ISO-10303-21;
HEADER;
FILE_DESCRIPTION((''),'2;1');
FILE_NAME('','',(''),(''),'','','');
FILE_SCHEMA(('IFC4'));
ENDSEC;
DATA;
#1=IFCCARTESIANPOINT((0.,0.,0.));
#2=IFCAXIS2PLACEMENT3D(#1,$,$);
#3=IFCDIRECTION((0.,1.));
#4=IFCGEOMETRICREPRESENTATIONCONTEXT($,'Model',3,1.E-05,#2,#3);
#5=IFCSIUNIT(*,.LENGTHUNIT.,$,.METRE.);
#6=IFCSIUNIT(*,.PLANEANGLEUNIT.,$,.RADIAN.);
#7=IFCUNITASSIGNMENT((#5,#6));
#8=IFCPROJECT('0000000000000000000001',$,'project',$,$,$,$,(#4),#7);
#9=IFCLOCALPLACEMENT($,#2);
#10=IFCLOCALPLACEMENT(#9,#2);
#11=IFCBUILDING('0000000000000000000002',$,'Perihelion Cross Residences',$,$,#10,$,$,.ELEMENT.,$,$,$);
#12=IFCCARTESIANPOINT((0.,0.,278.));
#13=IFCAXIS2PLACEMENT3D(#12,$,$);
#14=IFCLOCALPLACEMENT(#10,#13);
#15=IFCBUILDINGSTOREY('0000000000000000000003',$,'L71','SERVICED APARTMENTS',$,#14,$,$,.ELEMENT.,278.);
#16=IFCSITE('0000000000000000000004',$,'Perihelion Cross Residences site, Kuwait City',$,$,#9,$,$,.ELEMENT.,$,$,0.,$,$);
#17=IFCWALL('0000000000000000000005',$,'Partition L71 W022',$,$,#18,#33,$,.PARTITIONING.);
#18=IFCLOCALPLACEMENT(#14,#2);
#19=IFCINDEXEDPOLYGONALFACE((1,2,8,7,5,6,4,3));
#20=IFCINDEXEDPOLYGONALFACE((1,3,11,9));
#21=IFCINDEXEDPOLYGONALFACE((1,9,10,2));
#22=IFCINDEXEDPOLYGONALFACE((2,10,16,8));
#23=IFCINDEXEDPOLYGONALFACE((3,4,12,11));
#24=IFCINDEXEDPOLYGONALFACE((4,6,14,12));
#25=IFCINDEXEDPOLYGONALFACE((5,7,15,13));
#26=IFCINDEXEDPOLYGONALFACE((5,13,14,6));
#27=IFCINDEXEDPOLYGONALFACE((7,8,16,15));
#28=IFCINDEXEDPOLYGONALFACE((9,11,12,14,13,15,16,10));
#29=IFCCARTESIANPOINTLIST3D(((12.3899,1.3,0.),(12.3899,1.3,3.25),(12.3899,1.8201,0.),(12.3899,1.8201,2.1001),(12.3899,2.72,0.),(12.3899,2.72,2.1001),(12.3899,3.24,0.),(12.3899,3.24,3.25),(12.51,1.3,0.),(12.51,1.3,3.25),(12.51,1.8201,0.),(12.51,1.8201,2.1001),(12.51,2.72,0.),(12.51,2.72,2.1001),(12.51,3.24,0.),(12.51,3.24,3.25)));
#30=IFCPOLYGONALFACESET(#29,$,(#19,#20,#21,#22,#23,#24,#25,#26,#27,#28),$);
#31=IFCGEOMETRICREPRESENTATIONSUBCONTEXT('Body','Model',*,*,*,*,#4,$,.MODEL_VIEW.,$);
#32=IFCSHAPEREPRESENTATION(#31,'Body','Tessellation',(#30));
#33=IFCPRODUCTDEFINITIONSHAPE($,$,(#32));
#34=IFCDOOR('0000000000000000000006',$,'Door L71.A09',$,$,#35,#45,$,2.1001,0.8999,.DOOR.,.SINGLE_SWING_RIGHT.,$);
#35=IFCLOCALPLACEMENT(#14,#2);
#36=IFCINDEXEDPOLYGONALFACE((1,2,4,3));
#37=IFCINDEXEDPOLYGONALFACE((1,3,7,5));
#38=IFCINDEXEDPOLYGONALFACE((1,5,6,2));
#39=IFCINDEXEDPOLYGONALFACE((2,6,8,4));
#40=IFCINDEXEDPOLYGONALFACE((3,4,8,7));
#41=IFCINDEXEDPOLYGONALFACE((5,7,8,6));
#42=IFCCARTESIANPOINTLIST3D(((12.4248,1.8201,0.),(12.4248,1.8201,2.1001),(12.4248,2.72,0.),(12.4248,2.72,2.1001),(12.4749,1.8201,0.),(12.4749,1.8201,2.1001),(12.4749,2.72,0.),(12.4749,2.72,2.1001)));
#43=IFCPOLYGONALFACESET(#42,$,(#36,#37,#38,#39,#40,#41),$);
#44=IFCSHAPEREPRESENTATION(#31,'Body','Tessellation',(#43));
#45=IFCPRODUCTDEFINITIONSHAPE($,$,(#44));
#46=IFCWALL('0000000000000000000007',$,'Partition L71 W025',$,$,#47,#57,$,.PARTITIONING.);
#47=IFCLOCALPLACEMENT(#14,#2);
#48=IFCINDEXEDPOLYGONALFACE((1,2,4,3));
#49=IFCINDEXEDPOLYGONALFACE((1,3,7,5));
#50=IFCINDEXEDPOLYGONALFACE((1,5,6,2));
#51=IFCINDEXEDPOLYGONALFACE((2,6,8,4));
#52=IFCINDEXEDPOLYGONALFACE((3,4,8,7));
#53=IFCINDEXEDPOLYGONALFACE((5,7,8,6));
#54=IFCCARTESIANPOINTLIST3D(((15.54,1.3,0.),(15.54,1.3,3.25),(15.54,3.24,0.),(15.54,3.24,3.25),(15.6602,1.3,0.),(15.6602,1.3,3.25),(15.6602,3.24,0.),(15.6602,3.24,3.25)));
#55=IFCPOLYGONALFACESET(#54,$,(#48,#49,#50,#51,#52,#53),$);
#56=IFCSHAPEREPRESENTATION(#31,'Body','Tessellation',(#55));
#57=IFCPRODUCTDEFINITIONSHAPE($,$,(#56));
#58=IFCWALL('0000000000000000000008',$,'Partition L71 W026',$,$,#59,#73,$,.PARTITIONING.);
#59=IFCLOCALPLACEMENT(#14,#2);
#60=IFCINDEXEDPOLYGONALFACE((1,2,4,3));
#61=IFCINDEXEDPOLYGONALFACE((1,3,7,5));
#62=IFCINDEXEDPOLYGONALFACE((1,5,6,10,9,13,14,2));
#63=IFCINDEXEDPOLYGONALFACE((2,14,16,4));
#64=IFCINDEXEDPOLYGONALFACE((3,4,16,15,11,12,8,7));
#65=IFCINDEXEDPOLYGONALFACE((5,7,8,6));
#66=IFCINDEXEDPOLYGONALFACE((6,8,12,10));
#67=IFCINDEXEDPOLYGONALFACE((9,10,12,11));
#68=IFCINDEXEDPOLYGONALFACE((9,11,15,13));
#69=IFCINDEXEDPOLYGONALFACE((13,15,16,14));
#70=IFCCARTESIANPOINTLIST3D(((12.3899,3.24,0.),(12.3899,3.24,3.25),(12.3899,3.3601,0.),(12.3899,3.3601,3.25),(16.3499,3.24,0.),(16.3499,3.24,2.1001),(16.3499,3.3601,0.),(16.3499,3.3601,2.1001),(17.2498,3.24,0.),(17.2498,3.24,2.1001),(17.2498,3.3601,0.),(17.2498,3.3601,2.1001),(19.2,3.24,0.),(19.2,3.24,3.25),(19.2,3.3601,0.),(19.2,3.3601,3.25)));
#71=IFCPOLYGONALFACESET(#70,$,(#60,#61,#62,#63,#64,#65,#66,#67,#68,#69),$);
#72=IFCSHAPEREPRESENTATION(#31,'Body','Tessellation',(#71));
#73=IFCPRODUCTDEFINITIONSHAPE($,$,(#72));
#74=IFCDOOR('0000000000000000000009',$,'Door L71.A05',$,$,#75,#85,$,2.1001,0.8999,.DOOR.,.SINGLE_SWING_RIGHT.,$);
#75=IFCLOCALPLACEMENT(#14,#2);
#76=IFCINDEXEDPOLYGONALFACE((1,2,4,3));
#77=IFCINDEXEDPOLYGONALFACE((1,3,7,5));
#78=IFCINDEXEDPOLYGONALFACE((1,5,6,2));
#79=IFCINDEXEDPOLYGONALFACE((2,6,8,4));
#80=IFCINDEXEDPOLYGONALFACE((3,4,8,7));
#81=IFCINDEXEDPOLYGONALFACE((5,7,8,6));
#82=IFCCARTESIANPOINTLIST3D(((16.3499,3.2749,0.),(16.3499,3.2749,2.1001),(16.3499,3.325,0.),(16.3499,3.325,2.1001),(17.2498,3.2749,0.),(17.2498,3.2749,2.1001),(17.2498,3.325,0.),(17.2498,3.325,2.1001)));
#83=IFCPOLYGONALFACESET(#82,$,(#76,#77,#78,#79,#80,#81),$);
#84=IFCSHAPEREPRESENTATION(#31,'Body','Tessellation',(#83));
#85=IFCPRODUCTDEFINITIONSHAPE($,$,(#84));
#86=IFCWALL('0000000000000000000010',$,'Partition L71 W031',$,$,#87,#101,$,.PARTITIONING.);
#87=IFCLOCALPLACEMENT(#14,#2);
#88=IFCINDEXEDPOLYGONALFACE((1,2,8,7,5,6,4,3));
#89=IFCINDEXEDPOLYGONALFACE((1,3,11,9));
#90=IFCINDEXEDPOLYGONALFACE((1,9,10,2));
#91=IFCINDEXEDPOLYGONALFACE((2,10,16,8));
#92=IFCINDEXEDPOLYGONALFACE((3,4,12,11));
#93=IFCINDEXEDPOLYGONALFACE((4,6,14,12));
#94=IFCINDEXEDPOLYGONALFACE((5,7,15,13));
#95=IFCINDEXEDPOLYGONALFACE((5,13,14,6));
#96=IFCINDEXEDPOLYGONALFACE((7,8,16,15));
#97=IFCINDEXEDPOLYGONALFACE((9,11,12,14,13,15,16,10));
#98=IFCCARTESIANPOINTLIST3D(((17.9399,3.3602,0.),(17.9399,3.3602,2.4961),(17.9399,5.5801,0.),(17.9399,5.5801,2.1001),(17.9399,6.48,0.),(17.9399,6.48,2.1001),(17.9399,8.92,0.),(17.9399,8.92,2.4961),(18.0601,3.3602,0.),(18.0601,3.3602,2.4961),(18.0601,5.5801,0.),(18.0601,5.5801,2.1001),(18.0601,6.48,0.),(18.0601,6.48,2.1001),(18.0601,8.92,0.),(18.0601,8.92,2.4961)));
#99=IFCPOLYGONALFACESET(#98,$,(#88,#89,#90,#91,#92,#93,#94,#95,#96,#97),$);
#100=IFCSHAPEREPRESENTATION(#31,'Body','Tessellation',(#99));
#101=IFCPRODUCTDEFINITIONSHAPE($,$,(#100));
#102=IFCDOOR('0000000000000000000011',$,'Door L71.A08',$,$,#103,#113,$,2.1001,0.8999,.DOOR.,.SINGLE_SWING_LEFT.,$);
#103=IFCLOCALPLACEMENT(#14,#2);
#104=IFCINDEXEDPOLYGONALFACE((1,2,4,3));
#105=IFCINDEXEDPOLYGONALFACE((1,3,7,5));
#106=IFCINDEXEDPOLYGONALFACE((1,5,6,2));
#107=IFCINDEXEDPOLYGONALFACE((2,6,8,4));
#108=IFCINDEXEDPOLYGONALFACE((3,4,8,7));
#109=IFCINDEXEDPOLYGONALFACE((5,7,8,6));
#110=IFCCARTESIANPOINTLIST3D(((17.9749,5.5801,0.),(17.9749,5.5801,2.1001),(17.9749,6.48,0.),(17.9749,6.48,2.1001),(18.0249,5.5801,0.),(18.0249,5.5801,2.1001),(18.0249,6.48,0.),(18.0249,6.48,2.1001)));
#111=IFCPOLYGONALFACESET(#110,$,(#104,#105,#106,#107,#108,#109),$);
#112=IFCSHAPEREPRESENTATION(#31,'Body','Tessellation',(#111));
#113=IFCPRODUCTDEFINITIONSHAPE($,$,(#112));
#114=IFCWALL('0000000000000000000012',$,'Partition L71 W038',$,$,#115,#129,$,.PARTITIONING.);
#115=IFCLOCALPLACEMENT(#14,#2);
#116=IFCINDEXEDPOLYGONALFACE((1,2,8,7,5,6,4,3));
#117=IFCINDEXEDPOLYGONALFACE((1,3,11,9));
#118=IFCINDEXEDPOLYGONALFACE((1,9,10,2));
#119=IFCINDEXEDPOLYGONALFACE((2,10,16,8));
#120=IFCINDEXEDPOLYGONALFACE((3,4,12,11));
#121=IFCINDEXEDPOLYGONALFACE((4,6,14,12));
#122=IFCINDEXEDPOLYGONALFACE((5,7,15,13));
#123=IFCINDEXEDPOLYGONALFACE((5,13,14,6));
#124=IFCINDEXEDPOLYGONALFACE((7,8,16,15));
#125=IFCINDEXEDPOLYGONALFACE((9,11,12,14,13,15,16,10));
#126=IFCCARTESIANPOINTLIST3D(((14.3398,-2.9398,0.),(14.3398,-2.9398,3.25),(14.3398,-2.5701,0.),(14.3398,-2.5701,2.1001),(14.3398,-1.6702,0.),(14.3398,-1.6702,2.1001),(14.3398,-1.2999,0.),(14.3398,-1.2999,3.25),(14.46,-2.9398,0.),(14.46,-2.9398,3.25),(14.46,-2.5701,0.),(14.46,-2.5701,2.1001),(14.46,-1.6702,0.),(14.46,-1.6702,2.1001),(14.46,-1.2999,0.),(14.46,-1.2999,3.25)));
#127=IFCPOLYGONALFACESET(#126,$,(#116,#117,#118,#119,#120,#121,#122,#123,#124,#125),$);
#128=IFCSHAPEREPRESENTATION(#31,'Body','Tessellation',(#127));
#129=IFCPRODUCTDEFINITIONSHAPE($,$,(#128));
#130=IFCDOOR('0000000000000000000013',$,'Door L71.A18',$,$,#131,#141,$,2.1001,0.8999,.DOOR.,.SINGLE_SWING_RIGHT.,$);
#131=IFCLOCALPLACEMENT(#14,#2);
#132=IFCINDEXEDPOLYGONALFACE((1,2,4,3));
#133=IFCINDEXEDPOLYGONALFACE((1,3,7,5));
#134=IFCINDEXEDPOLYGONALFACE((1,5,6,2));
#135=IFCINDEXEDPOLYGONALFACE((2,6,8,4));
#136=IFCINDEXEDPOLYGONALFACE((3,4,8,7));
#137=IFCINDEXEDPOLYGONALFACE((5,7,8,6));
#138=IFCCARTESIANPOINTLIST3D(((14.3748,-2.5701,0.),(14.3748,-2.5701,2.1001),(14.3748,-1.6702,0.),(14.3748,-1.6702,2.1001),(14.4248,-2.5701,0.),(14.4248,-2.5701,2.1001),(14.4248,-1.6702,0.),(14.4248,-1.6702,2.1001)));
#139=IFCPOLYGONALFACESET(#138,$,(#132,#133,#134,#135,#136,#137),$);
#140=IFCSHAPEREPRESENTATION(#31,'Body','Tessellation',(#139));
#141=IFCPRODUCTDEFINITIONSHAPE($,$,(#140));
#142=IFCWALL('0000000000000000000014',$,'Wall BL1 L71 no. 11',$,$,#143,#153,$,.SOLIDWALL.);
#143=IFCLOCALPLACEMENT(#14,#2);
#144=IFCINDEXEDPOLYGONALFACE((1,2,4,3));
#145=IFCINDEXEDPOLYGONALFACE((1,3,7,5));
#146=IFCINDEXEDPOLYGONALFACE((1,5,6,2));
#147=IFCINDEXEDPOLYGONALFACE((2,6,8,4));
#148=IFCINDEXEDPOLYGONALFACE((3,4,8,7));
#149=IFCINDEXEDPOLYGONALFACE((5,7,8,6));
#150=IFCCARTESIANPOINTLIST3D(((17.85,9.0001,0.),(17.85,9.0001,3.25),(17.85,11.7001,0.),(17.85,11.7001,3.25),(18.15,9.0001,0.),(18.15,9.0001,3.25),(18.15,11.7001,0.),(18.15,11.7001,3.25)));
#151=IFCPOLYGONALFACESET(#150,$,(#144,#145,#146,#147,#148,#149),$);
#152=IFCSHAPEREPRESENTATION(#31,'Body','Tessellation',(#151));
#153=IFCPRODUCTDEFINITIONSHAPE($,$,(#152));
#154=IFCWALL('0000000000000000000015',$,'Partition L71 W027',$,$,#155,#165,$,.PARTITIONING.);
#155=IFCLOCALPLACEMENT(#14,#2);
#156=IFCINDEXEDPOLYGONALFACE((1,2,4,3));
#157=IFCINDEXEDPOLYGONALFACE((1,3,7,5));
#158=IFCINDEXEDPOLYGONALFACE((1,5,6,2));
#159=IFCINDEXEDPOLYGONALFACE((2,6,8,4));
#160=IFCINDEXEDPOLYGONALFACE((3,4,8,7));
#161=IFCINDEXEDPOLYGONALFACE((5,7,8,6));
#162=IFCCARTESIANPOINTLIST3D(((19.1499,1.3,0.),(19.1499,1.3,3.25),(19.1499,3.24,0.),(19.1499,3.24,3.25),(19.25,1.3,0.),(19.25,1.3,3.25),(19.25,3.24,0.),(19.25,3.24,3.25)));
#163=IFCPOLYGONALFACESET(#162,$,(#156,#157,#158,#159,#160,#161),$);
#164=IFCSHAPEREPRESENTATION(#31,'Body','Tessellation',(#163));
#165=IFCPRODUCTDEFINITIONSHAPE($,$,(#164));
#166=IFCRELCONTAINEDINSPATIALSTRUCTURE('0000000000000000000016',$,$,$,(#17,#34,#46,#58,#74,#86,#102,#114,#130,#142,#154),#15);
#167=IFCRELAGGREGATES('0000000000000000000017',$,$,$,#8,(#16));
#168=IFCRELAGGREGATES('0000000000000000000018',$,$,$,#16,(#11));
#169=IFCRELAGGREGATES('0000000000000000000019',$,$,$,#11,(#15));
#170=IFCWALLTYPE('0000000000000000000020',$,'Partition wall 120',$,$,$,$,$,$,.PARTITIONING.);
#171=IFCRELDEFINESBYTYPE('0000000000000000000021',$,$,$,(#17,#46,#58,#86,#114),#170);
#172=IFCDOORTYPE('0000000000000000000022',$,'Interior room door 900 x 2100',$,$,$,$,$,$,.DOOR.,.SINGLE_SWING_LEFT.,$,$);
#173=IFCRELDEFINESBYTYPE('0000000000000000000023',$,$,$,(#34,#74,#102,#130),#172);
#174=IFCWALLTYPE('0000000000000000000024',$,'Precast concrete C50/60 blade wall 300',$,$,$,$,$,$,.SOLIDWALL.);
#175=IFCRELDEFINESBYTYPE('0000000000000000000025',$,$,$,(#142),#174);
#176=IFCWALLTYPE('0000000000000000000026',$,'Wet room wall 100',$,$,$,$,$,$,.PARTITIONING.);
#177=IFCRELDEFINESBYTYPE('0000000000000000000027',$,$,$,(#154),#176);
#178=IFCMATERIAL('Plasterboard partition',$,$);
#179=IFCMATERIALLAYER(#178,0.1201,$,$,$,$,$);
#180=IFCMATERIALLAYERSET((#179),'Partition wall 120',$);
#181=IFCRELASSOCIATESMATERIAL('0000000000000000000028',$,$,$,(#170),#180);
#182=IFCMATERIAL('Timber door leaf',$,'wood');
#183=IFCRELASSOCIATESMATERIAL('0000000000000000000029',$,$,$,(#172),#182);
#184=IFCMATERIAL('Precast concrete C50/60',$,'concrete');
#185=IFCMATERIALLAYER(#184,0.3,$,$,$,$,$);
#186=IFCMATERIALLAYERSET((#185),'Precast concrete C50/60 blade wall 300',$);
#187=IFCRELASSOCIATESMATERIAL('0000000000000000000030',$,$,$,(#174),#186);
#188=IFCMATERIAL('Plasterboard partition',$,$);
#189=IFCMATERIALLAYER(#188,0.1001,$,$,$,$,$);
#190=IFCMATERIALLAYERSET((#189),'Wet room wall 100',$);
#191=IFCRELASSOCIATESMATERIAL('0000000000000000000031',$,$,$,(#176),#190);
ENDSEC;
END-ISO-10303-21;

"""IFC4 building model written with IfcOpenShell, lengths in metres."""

from ifc_helpers import new_model, si_unit, direction, frame, frame_2d, origin, place, context, subcontext, project, spatial, rectangle, extrude, material, layer, layer_set, type_object, element, fill, save


model = new_model("IFC4")

# Units and contexts
model_context = context("Model", 3, precision=1e-05, world=origin(), true_north=direction((0.0, 1.0)))
body_context = subcontext(model_context, "Body", "Model", "MODEL_VIEW")
ifc_project = project(units=[si_unit("LENGTHUNIT", "METRE"), si_unit("PLANEANGLEUNIT", "RADIAN")], contexts=[model_context])

# Site, building, storey
site_placement = place(None, origin())
site = spatial("IfcSite", under=ifc_project, at=site_placement, Name="Perihelion Cross Residences site, Kuwait City", CompositionType="ELEMENT", RefElevation=0.0)
building_placement = place(site_placement, origin())
building = spatial("IfcBuilding", under=site, at=building_placement, Name="Perihelion Cross Residences", CompositionType="ELEMENT")
storey_placement = place(building_placement, frame((0.0, 0.0, 278.0)))
storey = spatial("IfcBuildingStorey", under=building, at=storey_placement, Name="L71", Description="SERVICED APARTMENTS", CompositionType="ELEMENT", Elevation=278.0)

# Wall, opening, door
ifc_material_1 = material(Name="Plasterboard partition")
ifc_layer_1 = layer(ifc_material_1, 0.1201)
ifc_layer_set_1 = layer_set([ifc_layer_1], Name="Partition wall 120")
wall_type_1 = type_object("IfcWallType", Name="Partition wall 120", PredefinedType="PARTITIONING", material=ifc_layer_set_1)
wall_1_placement = place(storey_placement, frame((12.45, 3.24, 0.0), z_axis=(0.0, 0.0, 1.0), x_axis=(0.0, -1.0, 0.0)))
wall_1 = element("IfcWall", 1, at=wall_1_placement, inside=storey, type_object=wall_type_1, Name="Partition L71 W022", PredefinedType="PARTITIONING", context=body_context, shape_type="SweptSolid", body=[
    extrude(rectangle(XDim=1.9399, YDim=0.1201, at=frame_2d((0.97, 0.0))), origin(), (0.0, 0.0, 1.0), 3.25),
])
opening_1_placement = place(wall_1_placement, frame((0.52, 0.0, 0.0)))
opening_1 = element("IfcOpeningElement", 2, at=opening_1_placement, cuts=wall_1, PredefinedType="OPENING", context=body_context, shape_type="SweptSolid", body=[
    extrude(rectangle(XDim=0.8999, YDim=2.1001, at=frame_2d((0.45, 1.05))), frame((0.0, 0.0701, 0.0), z_axis=(0.0, -1.0, 0.0), x_axis=(1.0, 0.0, 0.0)), (0.0, 0.0, 1.0), 0.1401),
])
ifc_material_2 = material(Name="Timber door leaf", Category="wood")
door_type_1 = type_object("IfcDoorType", Name="Interior room door 900 x 2100", OperationType="SINGLE_SWING_LEFT", PredefinedType="DOOR", material=ifc_material_2)
door_1_placement = place(opening_1_placement, origin())
door_1 = element("IfcDoor", 3, at=door_1_placement, inside=storey, type_object=door_type_1, Name="Door L71.A09", OperationType="SINGLE_SWING_RIGHT", OverallHeight=2.1001, OverallWidth=0.8999, PredefinedType="DOOR", context=body_context, shape_type="SweptSolid", body=[
    extrude(rectangle(XDim=0.8999, YDim=2.1001, at=frame_2d((0.45, 1.05))), frame((0.0, 0.0249, 0.0), z_axis=(0.0, -1.0, 0.0), x_axis=(1.0, 0.0, 0.0)), (0.0, 0.0, 1.0), 0.05),
])
fill(opening_1, door_1)

# Wall
wall_2_placement = place(storey_placement, frame((15.6001, 3.24, 0.0), z_axis=(0.0, 0.0, 1.0), x_axis=(0.0, -1.0, 0.0)))
element("IfcWall", 4, at=wall_2_placement, inside=storey, type_object=wall_type_1, Name="Partition L71 W025", PredefinedType="PARTITIONING", context=body_context, shape_type="SweptSolid", body=[
    extrude(rectangle(XDim=1.9399, YDim=0.1201, at=frame_2d((0.97, 0.0))), origin(), (0.0, 0.0, 1.0), 3.25),
])

# Walls, openings, doors
wall_3_placement = place(storey_placement, frame((12.3899, 3.3, 0.0), z_axis=(0.0, 0.0, 1.0), x_axis=(1.0, 0.0, 0.0)))
wall_3 = element("IfcWall", 5, at=wall_3_placement, inside=storey, type_object=wall_type_1, Name="Partition L71 W026", PredefinedType="PARTITIONING", context=body_context, shape_type="SweptSolid", body=[
    extrude(rectangle(XDim=6.8101, YDim=0.1201, at=frame_2d((3.405, 0.0))), origin(), (0.0, 0.0, 1.0), 3.25),
])
opening_2_placement = place(wall_3_placement, frame((3.96, 0.0, 0.0)))
opening_2 = element("IfcOpeningElement", 6, at=opening_2_placement, cuts=wall_3, PredefinedType="OPENING", context=body_context, shape_type="SweptSolid", body=[
    extrude(rectangle(XDim=0.8999, YDim=2.1001, at=frame_2d((0.45, 1.05))), frame((0.0, 0.0701, 0.0), z_axis=(0.0, -1.0, 0.0), x_axis=(1.0, 0.0, 0.0)), (0.0, 0.0, 1.0), 0.1401),
])
door_2_placement = place(opening_2_placement, origin())
door_2 = element("IfcDoor", 7, at=door_2_placement, inside=storey, type_object=door_type_1, Name="Door L71.A05", OperationType="SINGLE_SWING_RIGHT", OverallHeight=2.1001, OverallWidth=0.8999, PredefinedType="DOOR", context=body_context, shape_type="SweptSolid", body=[
    extrude(rectangle(XDim=0.8999, YDim=2.1001, at=frame_2d((0.45, 1.05))), frame((0.0, 0.0249, 0.0), z_axis=(0.0, -1.0, 0.0), x_axis=(1.0, 0.0, 0.0)), (0.0, 0.0, 1.0), 0.05),
])
fill(opening_2, door_2)
wall_4_placement = place(storey_placement, frame((18.0, 8.9199, 0.0), z_axis=(0.0, 0.0, 1.0), x_axis=(0.0, -1.0, 0.0)))
wall_4 = element("IfcWall", 8, at=wall_4_placement, inside=storey, type_object=wall_type_1, Name="Partition L71 W031", PredefinedType="PARTITIONING", context=body_context, shape_type="SweptSolid", body=[
    extrude(rectangle(XDim=5.5598, YDim=0.1201, at=frame_2d((2.7798, 0.0))), origin(), (0.0, 0.0, 1.0), 2.4961),
])
opening_3_placement = place(wall_4_placement, frame((2.4399, 0.0, 0.0)))
opening_3 = element("IfcOpeningElement", 9, at=opening_3_placement, cuts=wall_4, PredefinedType="OPENING", context=body_context, shape_type="SweptSolid", body=[
    extrude(rectangle(XDim=0.8999, YDim=2.1001, at=frame_2d((0.45, 1.05))), frame((0.0, 0.0701, 0.0), z_axis=(0.0, -1.0, 0.0), x_axis=(1.0, 0.0, 0.0)), (0.0, 0.0, 1.0), 0.1401),
])
door_3_placement = place(opening_3_placement, origin())
door_3 = element("IfcDoor", 10, at=door_3_placement, inside=storey, type_object=door_type_1, Name="Door L71.A08", OperationType="SINGLE_SWING_LEFT", OverallHeight=2.1001, OverallWidth=0.8999, PredefinedType="DOOR", context=body_context, shape_type="SweptSolid", body=[
    extrude(rectangle(XDim=0.8999, YDim=2.1001, at=frame_2d((0.45, 1.05))), frame((0.0, 0.0249, 0.0), z_axis=(0.0, -1.0, 0.0), x_axis=(1.0, 0.0, 0.0)), (0.0, 0.0, 1.0), 0.05),
])
fill(opening_3, door_3)
wall_5_placement = place(storey_placement, frame((14.3999, -1.3, 0.0), z_axis=(0.0, 0.0, 1.0), x_axis=(0.0, -1.0, 0.0)))
wall_5 = element("IfcWall", 11, at=wall_5_placement, inside=storey, type_object=wall_type_1, Name="Partition L71 W038", PredefinedType="PARTITIONING", context=body_context, shape_type="SweptSolid", body=[
    extrude(rectangle(XDim=1.6399, YDim=0.1201, at=frame_2d((0.8198, 0.0))), origin(), (0.0, 0.0, 1.0), 3.25),
])
opening_4_placement = place(wall_5_placement, frame((0.3701, 0.0, 0.0)))
opening_4 = element("IfcOpeningElement", 12, at=opening_4_placement, cuts=wall_5, PredefinedType="OPENING", context=body_context, shape_type="SweptSolid", body=[
    extrude(rectangle(XDim=0.8999, YDim=2.1001, at=frame_2d((0.45, 1.05))), frame((0.0, 0.0701, 0.0), z_axis=(0.0, -1.0, 0.0), x_axis=(1.0, 0.0, 0.0)), (0.0, 0.0, 1.0), 0.1401),
])
door_4_placement = place(opening_4_placement, origin())
door_4 = element("IfcDoor", 13, at=door_4_placement, inside=storey, type_object=door_type_1, Name="Door L71.A18", OperationType="SINGLE_SWING_RIGHT", OverallHeight=2.1001, OverallWidth=0.8999, PredefinedType="DOOR", context=body_context, shape_type="SweptSolid", body=[
    extrude(rectangle(XDim=0.8999, YDim=2.1001, at=frame_2d((0.45, 1.05))), frame((0.0, 0.0249, 0.0), z_axis=(0.0, -1.0, 0.0), x_axis=(1.0, 0.0, 0.0)), (0.0, 0.0, 1.0), 0.05),
])
fill(opening_4, door_4)

# Walls
ifc_material_3 = material(Name="Precast concrete C50/60", Category="concrete")
ifc_layer_2 = layer(ifc_material_3, 0.3)
ifc_layer_set_2 = layer_set([ifc_layer_2], Name="Precast concrete C50/60 blade wall 300")
wall_type_2 = type_object("IfcWallType", Name="Precast concrete C50/60 blade wall 300", PredefinedType="SOLIDWALL", material=ifc_layer_set_2)
wall_6_placement = place(storey_placement, frame((18.0, 9.0, 0.0), z_axis=(0.0, 0.0, 1.0), x_axis=(0.0, 1.0, 0.0)))
element("IfcWall", 14, at=wall_6_placement, inside=storey, type_object=wall_type_2, Name="Wall BL1 L71 no. 11", PredefinedType="SOLIDWALL", context=body_context, shape_type="SweptSolid", body=[
    extrude(rectangle(XDim=2.7, YDim=0.3, at=frame_2d((1.3501, 0.0))), origin(), (0.0, 0.0, 1.0), 3.25),
])
ifc_material_4 = material(Name="Plasterboard partition")
ifc_layer_3 = layer(ifc_material_4, 0.1001)
ifc_layer_set_3 = layer_set([ifc_layer_3], Name="Wet room wall 100")
wall_type_3 = type_object("IfcWallType", Name="Wet room wall 100", PredefinedType="PARTITIONING", material=ifc_layer_set_3)
wall_7_placement = place(storey_placement, frame((19.2, 3.24, 0.0), z_axis=(0.0, 0.0, 1.0), x_axis=(0.0, -1.0, 0.0)))
element("IfcWall", 15, at=wall_7_placement, inside=storey, type_object=wall_type_3, Name="Partition L71 W027", PredefinedType="PARTITIONING", context=body_context, shape_type="SweptSolid", body=[
    extrude(rectangle(XDim=1.9399, YDim=0.1001, at=frame_2d((0.97, 0.0))), origin(), (0.0, 0.0, 1.0), 3.25),
])

save(model, "model.ifc")
